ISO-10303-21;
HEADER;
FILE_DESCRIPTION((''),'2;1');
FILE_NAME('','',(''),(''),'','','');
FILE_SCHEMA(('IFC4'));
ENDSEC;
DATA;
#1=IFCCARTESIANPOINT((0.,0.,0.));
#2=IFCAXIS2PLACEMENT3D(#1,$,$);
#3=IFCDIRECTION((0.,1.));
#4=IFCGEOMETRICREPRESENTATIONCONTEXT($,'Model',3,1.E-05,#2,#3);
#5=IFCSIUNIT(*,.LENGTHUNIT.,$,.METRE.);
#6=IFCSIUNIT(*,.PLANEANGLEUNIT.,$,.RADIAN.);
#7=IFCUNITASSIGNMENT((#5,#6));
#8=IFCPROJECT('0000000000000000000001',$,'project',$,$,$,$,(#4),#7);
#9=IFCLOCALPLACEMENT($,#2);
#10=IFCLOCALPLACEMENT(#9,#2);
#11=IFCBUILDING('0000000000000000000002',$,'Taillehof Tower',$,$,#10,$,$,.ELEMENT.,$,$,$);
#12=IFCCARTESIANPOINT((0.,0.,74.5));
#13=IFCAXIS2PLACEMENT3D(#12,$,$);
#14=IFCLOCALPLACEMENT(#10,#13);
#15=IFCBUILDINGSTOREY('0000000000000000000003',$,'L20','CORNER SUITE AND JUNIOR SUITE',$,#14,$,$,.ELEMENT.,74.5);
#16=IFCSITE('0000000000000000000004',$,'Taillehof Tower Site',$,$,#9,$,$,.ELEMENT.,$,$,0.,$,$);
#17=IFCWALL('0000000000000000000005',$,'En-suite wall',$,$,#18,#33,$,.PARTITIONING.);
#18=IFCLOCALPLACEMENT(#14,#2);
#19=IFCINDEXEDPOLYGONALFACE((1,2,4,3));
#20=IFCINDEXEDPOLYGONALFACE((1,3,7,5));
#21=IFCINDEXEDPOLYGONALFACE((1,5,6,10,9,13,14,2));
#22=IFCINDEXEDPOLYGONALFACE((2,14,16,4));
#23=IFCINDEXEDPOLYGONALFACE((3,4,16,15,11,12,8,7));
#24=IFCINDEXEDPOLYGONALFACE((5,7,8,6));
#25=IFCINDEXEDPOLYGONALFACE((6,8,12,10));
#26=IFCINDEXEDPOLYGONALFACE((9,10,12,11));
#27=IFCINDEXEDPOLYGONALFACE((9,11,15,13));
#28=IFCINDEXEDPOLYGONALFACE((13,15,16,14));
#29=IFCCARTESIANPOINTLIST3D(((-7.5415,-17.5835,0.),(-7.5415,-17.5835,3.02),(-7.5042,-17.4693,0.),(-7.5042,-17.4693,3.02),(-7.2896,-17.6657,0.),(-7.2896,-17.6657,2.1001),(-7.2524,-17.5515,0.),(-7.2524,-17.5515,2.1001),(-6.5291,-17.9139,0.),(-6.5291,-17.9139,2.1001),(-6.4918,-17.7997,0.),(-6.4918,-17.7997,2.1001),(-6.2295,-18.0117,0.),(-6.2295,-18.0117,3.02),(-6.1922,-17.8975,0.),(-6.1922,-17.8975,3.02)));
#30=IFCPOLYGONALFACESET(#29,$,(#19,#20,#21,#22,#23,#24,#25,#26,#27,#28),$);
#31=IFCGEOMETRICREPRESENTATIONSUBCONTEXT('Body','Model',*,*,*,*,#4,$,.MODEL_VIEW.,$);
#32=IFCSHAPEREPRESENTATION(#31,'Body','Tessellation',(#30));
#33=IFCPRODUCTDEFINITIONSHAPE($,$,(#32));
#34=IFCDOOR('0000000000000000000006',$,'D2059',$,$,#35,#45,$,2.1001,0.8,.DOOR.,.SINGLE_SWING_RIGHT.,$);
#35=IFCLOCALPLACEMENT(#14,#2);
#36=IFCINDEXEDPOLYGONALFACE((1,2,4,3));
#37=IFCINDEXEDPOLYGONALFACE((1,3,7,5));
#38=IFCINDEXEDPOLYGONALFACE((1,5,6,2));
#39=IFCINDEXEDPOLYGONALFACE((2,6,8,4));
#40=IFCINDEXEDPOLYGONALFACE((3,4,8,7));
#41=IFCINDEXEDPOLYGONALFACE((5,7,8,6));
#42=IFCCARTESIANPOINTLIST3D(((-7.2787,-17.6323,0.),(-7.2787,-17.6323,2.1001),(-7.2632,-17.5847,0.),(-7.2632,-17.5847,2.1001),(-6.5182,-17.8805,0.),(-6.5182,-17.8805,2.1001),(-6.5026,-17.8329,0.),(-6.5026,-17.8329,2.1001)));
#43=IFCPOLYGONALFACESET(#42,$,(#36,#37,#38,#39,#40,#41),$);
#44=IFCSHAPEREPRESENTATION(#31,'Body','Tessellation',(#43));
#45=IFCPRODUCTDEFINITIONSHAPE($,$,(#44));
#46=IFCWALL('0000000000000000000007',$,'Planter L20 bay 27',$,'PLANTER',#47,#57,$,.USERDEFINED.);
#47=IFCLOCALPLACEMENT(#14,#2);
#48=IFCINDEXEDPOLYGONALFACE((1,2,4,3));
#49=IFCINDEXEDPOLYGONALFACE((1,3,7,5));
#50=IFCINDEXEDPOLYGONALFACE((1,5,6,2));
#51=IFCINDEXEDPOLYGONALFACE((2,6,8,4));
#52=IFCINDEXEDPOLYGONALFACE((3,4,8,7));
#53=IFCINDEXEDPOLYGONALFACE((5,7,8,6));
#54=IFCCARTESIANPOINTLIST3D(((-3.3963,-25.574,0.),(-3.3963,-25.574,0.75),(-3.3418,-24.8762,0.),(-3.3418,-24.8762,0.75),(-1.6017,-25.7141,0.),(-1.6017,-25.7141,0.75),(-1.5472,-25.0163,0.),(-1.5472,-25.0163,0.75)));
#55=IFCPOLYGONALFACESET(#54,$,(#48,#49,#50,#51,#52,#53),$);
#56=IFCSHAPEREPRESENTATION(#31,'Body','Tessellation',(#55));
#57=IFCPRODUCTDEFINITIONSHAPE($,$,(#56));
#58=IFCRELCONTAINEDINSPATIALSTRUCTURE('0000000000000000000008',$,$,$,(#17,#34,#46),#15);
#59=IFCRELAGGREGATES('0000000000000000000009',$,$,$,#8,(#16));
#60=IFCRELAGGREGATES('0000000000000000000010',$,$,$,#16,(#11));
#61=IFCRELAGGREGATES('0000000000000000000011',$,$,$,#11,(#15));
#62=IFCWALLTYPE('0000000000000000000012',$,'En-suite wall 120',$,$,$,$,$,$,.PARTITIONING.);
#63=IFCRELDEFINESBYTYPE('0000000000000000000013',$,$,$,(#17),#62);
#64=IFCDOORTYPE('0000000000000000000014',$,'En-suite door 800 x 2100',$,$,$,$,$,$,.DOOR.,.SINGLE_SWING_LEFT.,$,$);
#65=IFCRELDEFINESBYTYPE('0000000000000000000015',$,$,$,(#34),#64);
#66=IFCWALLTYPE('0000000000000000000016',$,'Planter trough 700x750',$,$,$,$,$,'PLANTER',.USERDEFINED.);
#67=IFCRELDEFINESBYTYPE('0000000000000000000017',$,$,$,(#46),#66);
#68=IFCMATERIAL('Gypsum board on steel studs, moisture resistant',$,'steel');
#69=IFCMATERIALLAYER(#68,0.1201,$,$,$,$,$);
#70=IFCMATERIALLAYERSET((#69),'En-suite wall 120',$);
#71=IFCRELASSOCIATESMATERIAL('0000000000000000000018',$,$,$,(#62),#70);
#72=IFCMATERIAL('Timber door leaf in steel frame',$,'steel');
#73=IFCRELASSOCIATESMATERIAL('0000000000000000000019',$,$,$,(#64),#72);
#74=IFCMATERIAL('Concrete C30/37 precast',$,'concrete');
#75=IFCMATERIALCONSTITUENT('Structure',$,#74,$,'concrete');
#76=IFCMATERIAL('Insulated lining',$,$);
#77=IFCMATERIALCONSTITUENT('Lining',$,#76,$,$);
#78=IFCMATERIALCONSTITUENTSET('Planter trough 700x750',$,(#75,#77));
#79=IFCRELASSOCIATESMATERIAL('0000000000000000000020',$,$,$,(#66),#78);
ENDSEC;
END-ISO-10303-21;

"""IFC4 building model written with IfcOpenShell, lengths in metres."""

from ifc_helpers import new_model, si_unit, direction, frame, frame_2d, origin, place, context, subcontext, project, spatial, rectangle, extrude, material, layer, layer_set, constituent, constituent_set, type_object, element, fill, save


model = new_model("IFC4")

# Units and contexts
model_context = context("Model", 3, precision=1e-05, world=origin(), true_north=direction((0.0, 1.0)))
body_context = subcontext(model_context, "Body", "Model", "MODEL_VIEW")
ifc_project = project(units=[si_unit("LENGTHUNIT", "METRE"), si_unit("PLANEANGLEUNIT", "RADIAN")], contexts=[model_context])

# Site, building, storey
site_placement = place(None, origin())
site = spatial("IfcSite", under=ifc_project, at=site_placement, Name="Taillehof Tower Site", CompositionType="ELEMENT", RefElevation=0.0)
building_placement = place(site_placement, origin())
building = spatial("IfcBuilding", under=site, at=building_placement, Name="Taillehof Tower", CompositionType="ELEMENT")
storey_placement = place(building_placement, frame((0.0, 0.0, 74.5)))
storey = spatial("IfcBuildingStorey", under=building, at=storey_placement, Name="L20", Description="CORNER SUITE AND JUNIOR SUITE", CompositionType="ELEMENT", Elevation=74.5)

# Shared definitions
ifc_material_1 = material(Name="Gypsum board on steel studs, moisture resistant", Category="steel")
ifc_layer_1 = layer(ifc_material_1, 0.1201)
ifc_layer_set_1 = layer_set([ifc_layer_1], Name="En-suite wall 120")
wall_type_1 = type_object("IfcWallType", Name="En-suite wall 120", PredefinedType="PARTITIONING", material=ifc_layer_set_1)

# Wall, opening, door
ifc_material_2 = material(Name="Timber door leaf in steel frame", Category="steel")
door_type_1 = type_object("IfcDoorType", Name="En-suite door 800 x 2100", OperationType="SINGLE_SWING_LEFT", PredefinedType="DOOR", material=ifc_material_2)
wall_1_placement = place(storey_placement, frame((-6.2109, -17.9546, 0.0), z_axis=(0.0, 0.0, 1.0), x_axis=(-0.950646, 0.310278, 0.0)))
wall_1 = element("IfcWall", 1, at=wall_1_placement, inside=storey, type_object=wall_type_1, Name="En-suite wall", PredefinedType="PARTITIONING", context=body_context, shape_type="SweptSolid", body=[
    extrude(rectangle(XDim=1.3801, YDim=0.1201, at=frame_2d((0.6899, 0.0))), origin(), (0.0, 0.0, 1.0), 3.02),
])
opening_1_placement = place(wall_1_placement, frame((0.3152, 0.0, 0.0)))
opening_1 = element("IfcOpeningElement", 2, at=opening_1_placement, cuts=wall_1, PredefinedType="OPENING", context=body_context, shape_type="SweptSolid", body=[
    extrude(rectangle(XDim=0.8, YDim=2.1001, at=frame_2d((0.3999, 1.05))), frame((0.0, 0.0701, 0.0), z_axis=(0.0, -1.0, 0.0), x_axis=(1.0, 0.0, 0.0)), (0.0, 0.0, 1.0), 0.1401),
])
door_1_placement = place(opening_1_placement, origin())
door_1 = element("IfcDoor", 3, at=door_1_placement, inside=storey, type_object=door_type_1, Name="D2059", OperationType="SINGLE_SWING_RIGHT", OverallHeight=2.1001, OverallWidth=0.8, PredefinedType="DOOR", context=body_context, shape_type="SweptSolid", body=[
    extrude(rectangle(XDim=0.8, YDim=2.1001, at=frame_2d((0.3999, 1.05))), frame((0.0, 0.0249, 0.0), z_axis=(0.0, -1.0, 0.0), x_axis=(1.0, 0.0, 0.0)), (0.0, 0.0, 1.0), 0.05),
])
fill(opening_1, door_1)

# Wall
ifc_material_3 = material(Name="Concrete C30/37 precast", Category="concrete")
ifc_constituent_1 = constituent(ifc_material_3, Name="Structure", Category="concrete")
ifc_material_4 = material(Name="Insulated lining")
ifc_constituent_2 = constituent(ifc_material_4, Name="Lining")
ifc_constituent_set = constituent_set(constituents=[ifc_constituent_1, ifc_constituent_2], Name="Planter trough 700x750")
wall_type_2 = type_object("IfcWallType", Name="Planter trough 700x750", ElementType="PLANTER", PredefinedType="USERDEFINED", material=ifc_constituent_set)
wall_2_placement = place(storey_placement, frame((-3.3689, -25.2251, 0.0), z_axis=(0.0, 0.0, 1.0), x_axis=(0.996965, -0.077848, 0.0)))
element("IfcWall", 4, at=wall_2_placement, inside=storey, type_object=wall_type_2, Name="Planter L20 bay 27", ObjectType="PLANTER", PredefinedType="USERDEFINED", context=body_context, shape_type="SweptSolid", body=[
    extrude(rectangle(XDim=1.8, YDim=0.7, at=frame_2d((0.8999, 0.0))), origin(), (0.0, 0.0, 1.0), 0.75),
])

save(model, "model.ifc")
